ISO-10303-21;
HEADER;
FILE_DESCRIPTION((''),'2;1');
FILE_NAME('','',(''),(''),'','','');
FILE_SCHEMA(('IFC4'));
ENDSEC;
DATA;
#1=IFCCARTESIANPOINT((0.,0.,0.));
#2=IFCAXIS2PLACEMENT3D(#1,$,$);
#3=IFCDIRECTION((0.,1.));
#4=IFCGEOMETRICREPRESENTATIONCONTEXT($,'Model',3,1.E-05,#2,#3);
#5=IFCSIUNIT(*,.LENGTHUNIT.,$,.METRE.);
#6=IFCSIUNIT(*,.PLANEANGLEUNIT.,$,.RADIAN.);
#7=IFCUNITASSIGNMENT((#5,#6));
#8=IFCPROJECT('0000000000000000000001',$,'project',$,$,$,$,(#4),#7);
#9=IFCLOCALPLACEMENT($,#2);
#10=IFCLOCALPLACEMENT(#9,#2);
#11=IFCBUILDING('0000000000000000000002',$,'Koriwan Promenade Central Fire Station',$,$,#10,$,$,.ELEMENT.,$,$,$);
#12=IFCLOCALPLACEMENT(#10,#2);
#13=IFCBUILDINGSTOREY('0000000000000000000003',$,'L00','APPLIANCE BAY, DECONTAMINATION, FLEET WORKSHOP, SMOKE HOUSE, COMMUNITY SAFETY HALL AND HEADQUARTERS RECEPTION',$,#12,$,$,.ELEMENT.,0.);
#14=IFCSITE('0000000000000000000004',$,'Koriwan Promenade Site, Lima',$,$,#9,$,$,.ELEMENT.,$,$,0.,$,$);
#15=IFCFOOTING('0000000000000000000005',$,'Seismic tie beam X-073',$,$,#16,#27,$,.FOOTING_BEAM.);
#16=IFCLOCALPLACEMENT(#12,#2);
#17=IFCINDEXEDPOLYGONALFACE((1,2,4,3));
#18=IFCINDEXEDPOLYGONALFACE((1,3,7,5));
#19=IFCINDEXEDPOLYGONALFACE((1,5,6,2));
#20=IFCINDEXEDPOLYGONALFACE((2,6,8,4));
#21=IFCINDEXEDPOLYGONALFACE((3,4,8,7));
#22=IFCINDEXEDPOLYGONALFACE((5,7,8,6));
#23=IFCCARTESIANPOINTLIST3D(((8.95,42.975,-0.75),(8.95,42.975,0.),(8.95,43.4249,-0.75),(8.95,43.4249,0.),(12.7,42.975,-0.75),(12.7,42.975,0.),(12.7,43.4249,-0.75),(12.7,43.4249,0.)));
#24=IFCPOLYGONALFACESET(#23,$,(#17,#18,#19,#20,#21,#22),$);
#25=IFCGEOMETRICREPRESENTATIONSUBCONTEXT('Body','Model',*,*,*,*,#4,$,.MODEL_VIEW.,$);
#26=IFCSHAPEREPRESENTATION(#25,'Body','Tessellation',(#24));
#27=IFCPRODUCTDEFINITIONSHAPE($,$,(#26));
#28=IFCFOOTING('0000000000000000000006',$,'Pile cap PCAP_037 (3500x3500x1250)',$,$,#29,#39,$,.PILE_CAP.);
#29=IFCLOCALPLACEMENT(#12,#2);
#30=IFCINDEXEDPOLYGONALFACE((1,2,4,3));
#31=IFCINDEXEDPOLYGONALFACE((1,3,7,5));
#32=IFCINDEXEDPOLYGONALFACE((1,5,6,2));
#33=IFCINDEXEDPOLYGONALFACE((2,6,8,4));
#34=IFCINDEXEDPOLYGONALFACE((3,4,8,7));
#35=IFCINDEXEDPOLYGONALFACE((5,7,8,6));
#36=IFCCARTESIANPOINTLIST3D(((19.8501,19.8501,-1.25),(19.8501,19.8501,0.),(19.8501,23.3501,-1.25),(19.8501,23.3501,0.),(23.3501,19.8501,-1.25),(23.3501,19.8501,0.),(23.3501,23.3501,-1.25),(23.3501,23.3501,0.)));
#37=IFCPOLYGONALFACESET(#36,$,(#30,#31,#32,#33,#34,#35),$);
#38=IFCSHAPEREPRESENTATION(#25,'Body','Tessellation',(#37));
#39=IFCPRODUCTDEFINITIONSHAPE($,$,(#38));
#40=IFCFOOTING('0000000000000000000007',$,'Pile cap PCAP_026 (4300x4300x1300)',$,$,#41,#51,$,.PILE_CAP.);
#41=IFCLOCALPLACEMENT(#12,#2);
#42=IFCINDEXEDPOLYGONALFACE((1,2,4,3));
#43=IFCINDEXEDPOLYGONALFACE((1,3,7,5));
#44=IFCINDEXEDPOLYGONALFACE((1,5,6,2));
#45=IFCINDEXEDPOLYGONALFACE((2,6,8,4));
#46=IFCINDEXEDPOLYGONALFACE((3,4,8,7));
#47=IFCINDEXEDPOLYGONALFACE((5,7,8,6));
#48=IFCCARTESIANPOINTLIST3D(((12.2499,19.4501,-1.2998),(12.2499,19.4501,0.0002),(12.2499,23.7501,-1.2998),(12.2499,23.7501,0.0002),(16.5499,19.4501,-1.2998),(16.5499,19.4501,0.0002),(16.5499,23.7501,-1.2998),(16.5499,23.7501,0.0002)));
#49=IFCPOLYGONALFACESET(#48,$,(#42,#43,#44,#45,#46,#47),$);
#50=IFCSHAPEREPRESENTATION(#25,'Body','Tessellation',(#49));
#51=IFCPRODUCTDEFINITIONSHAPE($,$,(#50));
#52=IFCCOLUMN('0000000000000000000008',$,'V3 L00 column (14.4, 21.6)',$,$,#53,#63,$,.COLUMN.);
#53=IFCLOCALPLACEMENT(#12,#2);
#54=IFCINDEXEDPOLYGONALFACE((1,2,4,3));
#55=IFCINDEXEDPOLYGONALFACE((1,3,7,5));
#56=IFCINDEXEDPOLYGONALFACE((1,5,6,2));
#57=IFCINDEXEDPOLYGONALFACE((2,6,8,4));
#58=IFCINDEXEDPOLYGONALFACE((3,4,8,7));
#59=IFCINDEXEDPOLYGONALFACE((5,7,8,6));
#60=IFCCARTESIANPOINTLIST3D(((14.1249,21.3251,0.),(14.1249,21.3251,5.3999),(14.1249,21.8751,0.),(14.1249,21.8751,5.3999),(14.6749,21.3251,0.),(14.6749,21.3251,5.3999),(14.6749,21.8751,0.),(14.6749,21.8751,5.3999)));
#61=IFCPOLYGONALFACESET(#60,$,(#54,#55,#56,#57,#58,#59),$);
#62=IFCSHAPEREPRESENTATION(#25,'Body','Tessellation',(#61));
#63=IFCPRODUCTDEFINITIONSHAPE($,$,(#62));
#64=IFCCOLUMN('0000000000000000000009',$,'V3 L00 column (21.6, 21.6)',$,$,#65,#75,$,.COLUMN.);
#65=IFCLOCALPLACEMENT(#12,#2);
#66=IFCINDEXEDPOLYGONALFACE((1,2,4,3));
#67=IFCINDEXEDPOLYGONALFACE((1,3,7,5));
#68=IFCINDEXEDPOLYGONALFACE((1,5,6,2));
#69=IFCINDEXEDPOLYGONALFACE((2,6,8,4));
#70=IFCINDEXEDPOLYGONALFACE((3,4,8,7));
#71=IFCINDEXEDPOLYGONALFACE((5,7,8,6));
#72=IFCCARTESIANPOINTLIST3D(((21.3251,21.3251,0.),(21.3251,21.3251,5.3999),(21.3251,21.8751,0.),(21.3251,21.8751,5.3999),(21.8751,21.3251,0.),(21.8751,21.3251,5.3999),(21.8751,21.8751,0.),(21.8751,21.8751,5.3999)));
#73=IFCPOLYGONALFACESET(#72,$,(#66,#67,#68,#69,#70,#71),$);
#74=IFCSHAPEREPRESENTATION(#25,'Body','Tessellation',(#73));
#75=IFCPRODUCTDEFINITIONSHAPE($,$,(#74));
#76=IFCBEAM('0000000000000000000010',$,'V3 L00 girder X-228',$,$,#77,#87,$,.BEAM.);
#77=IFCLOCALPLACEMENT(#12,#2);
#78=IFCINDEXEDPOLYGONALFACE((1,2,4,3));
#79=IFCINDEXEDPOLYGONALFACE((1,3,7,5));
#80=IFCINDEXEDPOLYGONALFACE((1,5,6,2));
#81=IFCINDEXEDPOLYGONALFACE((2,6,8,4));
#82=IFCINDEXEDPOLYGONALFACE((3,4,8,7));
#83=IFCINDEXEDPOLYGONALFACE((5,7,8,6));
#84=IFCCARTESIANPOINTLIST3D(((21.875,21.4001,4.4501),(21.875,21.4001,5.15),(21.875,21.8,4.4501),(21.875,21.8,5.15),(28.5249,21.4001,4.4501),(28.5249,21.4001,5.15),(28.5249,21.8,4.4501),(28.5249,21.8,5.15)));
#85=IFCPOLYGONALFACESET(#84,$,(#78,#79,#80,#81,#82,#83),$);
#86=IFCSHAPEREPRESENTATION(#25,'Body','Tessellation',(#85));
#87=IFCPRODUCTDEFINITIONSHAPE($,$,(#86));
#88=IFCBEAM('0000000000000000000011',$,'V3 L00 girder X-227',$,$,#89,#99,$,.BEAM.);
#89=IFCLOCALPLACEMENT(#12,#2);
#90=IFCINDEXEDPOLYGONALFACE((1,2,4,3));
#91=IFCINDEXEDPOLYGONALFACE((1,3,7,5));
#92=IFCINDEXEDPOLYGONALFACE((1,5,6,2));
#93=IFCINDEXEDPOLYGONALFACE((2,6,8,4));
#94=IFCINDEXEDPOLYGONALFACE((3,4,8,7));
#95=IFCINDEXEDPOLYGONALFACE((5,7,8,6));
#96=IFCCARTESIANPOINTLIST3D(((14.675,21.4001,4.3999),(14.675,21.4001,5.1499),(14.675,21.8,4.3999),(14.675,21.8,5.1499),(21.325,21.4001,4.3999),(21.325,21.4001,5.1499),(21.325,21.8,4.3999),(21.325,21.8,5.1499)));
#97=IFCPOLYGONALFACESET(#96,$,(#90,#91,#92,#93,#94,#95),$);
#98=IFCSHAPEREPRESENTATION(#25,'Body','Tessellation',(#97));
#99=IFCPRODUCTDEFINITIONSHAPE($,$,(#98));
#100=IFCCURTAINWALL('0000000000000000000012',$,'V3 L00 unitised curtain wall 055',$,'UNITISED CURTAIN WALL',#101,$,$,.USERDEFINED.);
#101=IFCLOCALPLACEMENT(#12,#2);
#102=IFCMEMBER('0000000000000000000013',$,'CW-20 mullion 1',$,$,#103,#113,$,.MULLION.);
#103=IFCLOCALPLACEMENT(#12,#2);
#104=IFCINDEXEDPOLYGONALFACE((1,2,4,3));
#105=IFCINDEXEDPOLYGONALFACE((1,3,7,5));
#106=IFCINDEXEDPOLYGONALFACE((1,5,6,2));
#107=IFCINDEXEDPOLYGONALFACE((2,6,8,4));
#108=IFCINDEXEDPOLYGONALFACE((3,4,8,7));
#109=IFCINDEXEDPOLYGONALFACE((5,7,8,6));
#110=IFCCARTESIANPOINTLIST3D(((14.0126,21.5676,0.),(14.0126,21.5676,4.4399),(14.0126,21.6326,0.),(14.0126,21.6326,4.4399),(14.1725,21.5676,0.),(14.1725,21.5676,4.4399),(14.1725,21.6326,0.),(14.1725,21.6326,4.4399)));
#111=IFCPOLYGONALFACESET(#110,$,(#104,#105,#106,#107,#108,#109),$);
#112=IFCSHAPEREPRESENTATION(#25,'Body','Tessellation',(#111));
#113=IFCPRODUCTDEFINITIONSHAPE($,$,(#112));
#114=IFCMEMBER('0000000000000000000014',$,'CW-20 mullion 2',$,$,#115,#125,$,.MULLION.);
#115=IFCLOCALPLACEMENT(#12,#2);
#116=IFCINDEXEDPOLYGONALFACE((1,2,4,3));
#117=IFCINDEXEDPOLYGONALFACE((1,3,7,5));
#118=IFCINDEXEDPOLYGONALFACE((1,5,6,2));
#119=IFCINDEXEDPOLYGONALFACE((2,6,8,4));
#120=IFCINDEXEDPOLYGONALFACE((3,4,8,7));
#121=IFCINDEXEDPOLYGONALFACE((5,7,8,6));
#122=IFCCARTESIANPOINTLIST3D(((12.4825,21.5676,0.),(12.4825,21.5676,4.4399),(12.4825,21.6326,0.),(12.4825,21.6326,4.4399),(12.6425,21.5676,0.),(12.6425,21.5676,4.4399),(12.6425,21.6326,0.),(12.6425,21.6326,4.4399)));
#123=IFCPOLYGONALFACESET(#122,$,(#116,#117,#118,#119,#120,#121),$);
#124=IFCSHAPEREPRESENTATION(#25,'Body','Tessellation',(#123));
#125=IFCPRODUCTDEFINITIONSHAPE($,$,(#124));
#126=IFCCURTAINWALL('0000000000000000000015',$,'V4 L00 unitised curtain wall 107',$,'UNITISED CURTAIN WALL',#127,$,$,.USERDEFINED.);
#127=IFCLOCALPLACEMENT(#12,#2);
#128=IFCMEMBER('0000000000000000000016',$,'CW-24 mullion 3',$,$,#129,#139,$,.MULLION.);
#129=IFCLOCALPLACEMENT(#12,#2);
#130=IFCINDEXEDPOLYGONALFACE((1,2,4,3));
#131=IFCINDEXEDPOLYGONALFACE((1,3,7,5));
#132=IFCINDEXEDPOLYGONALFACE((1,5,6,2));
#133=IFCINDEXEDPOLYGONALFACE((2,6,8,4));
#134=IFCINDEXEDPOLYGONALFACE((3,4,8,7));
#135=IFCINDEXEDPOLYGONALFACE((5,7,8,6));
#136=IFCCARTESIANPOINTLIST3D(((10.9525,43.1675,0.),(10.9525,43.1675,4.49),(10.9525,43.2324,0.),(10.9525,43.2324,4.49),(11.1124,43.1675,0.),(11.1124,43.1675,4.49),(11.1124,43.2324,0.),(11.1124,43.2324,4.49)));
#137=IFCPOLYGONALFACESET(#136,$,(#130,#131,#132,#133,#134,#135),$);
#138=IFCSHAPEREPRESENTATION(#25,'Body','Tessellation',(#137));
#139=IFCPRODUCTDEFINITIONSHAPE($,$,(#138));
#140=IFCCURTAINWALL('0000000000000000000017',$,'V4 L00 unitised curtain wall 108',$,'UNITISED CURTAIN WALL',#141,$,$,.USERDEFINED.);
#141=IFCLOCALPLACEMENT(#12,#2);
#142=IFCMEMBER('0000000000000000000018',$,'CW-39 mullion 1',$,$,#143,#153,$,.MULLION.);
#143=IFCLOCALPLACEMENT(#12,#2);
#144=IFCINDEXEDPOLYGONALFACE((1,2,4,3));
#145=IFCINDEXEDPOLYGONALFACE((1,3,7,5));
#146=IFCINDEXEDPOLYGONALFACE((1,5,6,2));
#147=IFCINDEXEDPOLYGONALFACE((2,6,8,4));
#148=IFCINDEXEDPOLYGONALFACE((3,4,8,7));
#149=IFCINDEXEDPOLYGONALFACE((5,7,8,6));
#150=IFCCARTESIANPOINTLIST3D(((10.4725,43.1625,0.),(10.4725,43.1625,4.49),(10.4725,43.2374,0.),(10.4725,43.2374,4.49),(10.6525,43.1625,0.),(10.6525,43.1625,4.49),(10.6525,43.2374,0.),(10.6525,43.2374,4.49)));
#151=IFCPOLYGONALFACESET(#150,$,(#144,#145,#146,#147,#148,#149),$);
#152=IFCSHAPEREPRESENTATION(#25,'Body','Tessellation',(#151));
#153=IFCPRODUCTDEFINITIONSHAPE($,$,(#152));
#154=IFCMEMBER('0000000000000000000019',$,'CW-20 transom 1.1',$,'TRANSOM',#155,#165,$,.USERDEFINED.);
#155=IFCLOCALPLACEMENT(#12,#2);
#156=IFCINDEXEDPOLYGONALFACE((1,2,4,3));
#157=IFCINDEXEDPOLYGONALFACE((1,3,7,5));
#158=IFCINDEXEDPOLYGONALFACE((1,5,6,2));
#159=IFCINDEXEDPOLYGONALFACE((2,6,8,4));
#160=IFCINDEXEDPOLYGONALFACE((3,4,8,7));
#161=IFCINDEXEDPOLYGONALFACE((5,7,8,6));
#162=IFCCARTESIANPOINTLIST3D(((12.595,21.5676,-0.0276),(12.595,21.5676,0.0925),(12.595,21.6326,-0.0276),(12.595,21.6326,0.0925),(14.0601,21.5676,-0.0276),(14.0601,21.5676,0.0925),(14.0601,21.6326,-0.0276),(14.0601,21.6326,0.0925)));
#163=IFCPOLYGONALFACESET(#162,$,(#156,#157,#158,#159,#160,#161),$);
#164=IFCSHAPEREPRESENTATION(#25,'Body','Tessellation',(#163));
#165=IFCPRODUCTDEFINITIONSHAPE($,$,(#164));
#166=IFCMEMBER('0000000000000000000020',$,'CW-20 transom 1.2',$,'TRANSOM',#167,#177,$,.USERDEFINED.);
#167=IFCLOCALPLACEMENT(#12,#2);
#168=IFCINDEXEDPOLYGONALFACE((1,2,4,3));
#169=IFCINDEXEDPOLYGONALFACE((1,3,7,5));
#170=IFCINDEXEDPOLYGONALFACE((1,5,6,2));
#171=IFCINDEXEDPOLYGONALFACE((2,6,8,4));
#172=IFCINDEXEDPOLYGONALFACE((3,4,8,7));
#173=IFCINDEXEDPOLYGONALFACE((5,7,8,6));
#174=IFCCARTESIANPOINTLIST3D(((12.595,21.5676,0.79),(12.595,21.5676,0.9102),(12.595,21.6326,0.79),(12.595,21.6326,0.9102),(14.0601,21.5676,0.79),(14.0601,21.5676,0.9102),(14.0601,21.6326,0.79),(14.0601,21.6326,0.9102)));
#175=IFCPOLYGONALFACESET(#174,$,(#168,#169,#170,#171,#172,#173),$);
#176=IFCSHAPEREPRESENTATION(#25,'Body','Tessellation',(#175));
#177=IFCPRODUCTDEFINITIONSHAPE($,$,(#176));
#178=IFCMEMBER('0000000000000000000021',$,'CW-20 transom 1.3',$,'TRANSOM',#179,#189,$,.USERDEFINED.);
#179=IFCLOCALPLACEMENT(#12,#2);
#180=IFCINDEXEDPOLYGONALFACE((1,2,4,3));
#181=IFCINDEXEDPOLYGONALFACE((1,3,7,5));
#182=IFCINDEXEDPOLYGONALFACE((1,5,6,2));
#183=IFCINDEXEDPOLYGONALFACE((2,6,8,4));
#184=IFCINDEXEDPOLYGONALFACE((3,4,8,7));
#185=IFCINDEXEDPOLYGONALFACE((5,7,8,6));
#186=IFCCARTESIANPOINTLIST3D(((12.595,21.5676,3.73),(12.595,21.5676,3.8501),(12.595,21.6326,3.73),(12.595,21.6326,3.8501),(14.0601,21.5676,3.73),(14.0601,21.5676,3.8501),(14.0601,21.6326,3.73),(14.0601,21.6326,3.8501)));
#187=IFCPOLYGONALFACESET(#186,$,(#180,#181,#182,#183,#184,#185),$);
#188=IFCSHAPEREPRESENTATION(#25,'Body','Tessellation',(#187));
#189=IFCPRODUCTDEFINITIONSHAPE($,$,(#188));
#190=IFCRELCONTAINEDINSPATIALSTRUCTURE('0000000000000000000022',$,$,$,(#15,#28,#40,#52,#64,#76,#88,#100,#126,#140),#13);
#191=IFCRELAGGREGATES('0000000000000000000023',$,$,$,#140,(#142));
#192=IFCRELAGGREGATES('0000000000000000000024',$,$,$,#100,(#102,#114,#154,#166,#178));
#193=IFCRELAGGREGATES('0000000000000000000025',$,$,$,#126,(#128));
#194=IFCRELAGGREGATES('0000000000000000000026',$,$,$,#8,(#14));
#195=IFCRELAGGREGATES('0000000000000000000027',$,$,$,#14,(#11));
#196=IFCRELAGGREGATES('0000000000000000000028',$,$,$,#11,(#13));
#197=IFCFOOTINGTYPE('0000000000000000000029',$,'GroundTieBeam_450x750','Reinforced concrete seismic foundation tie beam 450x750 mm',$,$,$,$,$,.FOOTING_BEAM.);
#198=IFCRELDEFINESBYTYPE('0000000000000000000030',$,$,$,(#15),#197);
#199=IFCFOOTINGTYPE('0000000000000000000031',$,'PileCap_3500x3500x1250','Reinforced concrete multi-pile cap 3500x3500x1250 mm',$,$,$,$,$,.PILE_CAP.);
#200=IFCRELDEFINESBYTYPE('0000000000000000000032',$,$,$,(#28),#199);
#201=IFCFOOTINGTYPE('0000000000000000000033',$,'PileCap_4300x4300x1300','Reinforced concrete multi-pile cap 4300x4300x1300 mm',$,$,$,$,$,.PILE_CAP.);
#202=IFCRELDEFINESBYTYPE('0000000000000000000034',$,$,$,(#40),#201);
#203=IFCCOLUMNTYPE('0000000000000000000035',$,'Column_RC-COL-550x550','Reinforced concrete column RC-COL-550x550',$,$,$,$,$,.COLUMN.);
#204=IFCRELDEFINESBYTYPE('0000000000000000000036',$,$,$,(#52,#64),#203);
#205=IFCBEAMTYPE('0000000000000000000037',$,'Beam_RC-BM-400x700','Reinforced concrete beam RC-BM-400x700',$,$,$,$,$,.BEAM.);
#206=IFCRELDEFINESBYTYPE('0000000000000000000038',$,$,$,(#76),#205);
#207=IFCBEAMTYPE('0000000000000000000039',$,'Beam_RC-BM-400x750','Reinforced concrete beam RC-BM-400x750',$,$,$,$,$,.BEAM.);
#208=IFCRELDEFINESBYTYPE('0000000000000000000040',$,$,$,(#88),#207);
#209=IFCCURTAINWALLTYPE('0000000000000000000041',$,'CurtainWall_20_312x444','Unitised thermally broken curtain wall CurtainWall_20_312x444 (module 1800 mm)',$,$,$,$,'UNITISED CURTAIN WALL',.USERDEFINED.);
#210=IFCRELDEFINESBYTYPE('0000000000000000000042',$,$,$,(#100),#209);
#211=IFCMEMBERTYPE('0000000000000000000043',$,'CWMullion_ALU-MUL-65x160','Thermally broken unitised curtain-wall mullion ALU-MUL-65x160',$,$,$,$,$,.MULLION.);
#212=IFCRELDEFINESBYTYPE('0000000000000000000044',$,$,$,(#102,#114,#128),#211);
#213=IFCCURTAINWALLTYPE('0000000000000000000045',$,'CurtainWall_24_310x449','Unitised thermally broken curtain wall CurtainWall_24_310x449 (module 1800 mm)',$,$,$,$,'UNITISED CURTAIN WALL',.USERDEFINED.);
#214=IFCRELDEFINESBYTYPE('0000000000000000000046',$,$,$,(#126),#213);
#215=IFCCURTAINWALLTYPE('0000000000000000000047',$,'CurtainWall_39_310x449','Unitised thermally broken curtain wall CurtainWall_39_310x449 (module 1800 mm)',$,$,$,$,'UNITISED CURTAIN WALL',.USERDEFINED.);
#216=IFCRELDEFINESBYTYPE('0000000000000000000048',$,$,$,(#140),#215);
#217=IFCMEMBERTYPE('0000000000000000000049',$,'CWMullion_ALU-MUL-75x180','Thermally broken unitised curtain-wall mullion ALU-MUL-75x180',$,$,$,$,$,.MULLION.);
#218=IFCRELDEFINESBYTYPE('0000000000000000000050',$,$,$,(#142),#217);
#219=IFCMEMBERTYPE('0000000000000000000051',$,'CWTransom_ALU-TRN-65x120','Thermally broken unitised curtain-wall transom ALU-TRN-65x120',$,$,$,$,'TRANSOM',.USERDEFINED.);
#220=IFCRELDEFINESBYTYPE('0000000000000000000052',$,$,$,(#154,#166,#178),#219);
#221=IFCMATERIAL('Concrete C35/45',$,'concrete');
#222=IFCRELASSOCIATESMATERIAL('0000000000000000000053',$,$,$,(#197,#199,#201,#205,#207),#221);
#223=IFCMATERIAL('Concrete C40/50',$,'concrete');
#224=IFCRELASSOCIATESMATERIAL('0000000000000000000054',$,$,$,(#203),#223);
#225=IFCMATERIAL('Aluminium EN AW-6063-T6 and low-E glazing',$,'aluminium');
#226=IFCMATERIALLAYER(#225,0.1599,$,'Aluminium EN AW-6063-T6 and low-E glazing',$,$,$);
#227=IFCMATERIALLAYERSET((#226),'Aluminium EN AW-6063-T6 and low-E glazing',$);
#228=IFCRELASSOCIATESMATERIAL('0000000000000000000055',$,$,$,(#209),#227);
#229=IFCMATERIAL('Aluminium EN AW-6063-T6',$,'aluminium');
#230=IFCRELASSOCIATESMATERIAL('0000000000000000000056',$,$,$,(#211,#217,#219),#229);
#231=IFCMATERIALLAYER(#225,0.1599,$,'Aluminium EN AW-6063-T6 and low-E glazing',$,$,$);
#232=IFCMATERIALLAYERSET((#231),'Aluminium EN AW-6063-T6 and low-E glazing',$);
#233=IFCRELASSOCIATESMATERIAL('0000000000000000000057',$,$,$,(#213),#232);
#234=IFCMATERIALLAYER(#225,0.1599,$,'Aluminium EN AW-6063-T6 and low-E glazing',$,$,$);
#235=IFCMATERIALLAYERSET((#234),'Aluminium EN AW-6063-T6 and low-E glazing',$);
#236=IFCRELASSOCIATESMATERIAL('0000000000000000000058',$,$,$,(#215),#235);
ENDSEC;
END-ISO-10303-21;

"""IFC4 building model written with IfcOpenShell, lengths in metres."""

from ifc_helpers import new_model, si_unit, direction, frame, origin, origin_2d, place, context, subcontext, project, spatial, rectangle, extrude, material, layer, layer_set, material_profile, profile_set, type_object, element, aggregate, save


model = new_model("IFC4")

# Units and contexts
model_context = context("Model", 3, precision=1e-05, world=origin(), true_north=direction((0.0, 1.0)))
body_context = subcontext(model_context, "Body", "Model", "MODEL_VIEW")
ifc_project = project(units=[si_unit("LENGTHUNIT", "METRE"), si_unit("PLANEANGLEUNIT", "RADIAN")], contexts=[model_context])

# Site, building, storey
site_placement = place(None, origin())
site = spatial("IfcSite", under=ifc_project, at=site_placement, Name="Koriwan Promenade Site, Lima", CompositionType="ELEMENT", RefElevation=0.0)
building_placement = place(site_placement, origin())
building = spatial("IfcBuilding", under=site, at=building_placement, Name="Koriwan Promenade Central Fire Station", CompositionType="ELEMENT")
storey_placement = place(building_placement, origin())
storey = spatial("IfcBuildingStorey", under=building, at=storey_placement, Name="L00", Description="APPLIANCE BAY, DECONTAMINATION, FLEET WORKSHOP, SMOKE HOUSE, COMMUNITY SAFETY HALL AND HEADQUARTERS RECEPTION", CompositionType="ELEMENT", Elevation=0.0)

# Shared definitions
ifc_material_1 = material(Name="Concrete C35/45", Category="concrete")

# Footings
footing_type_1 = type_object("IfcFootingType", Name="GroundTieBeam_450x750", Description="Reinforced concrete seismic foundation tie beam 450x750 mm", PredefinedType="FOOTING_BEAM", material=ifc_material_1)
footing_1_placement = place(storey_placement, frame((10.825, 43.2, -0.75), z_axis=(0.0, 0.0, 1.0), x_axis=(1.0, 0.0, 0.0)))
element("IfcFooting", 1, at=footing_1_placement, inside=storey, type_object=footing_type_1, Name="Seismic tie beam X-073", PredefinedType="FOOTING_BEAM", context=body_context, shape_type="SweptSolid", body=[
    extrude(rectangle(XDim=3.75, YDim=0.45, at=origin_2d()), origin(), (0.0, 0.0, 1.0), 0.75),
])
footing_type_2 = type_object("IfcFootingType", Name="PileCap_3500x3500x1250", Description="Reinforced concrete multi-pile cap 3500x3500x1250 mm", PredefinedType="PILE_CAP", material=ifc_material_1)
footing_2_placement = place(storey_placement, frame((21.6001, 21.6001, -1.25), z_axis=(0.0, 0.0, 1.0), x_axis=(1.0, 0.0, 0.0)))
element("IfcFooting", 2, at=footing_2_placement, inside=storey, type_object=footing_type_2, Name="Pile cap PCAP_037 (3500x3500x1250)", PredefinedType="PILE_CAP", context=body_context, shape_type="SweptSolid", body=[
    extrude(rectangle(XDim=3.5, YDim=3.5, at=origin_2d()), origin(), (0.0, 0.0, 1.0), 1.25),
])
footing_type_3 = type_object("IfcFootingType", Name="PileCap_4300x4300x1300", Description="Reinforced concrete multi-pile cap 4300x4300x1300 mm", PredefinedType="PILE_CAP", material=ifc_material_1)
footing_3_placement = place(storey_placement, frame((14.3999, 21.6001, -1.2998), z_axis=(0.0, 0.0, 1.0), x_axis=(1.0, 0.0, 0.0)))
element("IfcFooting", 3, at=footing_3_placement, inside=storey, type_object=footing_type_3, Name="Pile cap PCAP_026 (4300x4300x1300)", PredefinedType="PILE_CAP", context=body_context, shape_type="SweptSolid", body=[
    extrude(rectangle(XDim=4.3, YDim=4.3, at=origin_2d()), origin(), (0.0, 0.0, 1.0), 1.3),
])

# Columns
ifc_material_2 = material(Name="Concrete C40/50", Category="concrete")
ifc_material_profile_1 = material_profile(ifc_material_2, rectangle(XDim=0.55, YDim=0.55, at=origin_2d()), Name="RC-COL-550x550")
ifc_profile_set_1 = profile_set([ifc_material_profile_1], Name="Concrete C40/50")
column_type = type_object("IfcColumnType", Name="Column_RC-COL-550x550", Description="Reinforced concrete column RC-COL-550x550", PredefinedType="COLUMN", material=ifc_profile_set_1)
for number, where, z_axis, x_axis, name in (
    (4, (14.3999, 21.6001, 0.0), (0.0, 0.0, 1.0), (1.0, 0.0, 0.0), "V3 L00 column (14.4, 21.6)"),
    (5, (21.6001, 21.6001, 0.0), (0.0, 0.0, 1.0), (1.0, 0.0, 0.0), "V3 L00 column (21.6, 21.6)"),
):
    element("IfcColumn", number, at=place(storey_placement, frame(where, z_axis=z_axis, x_axis=x_axis)), inside=storey, type_object=column_type, Name=name, PredefinedType="COLUMN", context=body_context, shape_type="SweptSolid", body=[
        extrude(rectangle(XDim=0.55, YDim=0.55, at=origin_2d()), origin(), (0.0, 0.0, 1.0), 5.3999),
    ])

# Beams
ifc_material_profile_2 = material_profile(ifc_material_1, rectangle(XDim=0.3999, YDim=0.7, at=origin_2d()), Name="RC-BM-400x700")
ifc_profile_set_2 = profile_set([ifc_material_profile_2], Name="Concrete C35/45")
beam_type_1 = type_object("IfcBeamType", Name="Beam_RC-BM-400x700", Description="Reinforced concrete beam RC-BM-400x700", PredefinedType="BEAM", material=ifc_profile_set_2)
beam_1_placement = place(storey_placement, frame((21.875, 21.6001, 4.8), z_axis=(1.0, 0.0, 0.0), x_axis=(0.0, 1.0, 0.0)))
element("IfcBeam", 6, at=beam_1_placement, inside=storey, type_object=beam_type_1, Name="V3 L00 girder X-228", PredefinedType="BEAM", context=body_context, shape_type="SweptSolid", body=[
    extrude(rectangle(XDim=0.3999, YDim=0.7, at=origin_2d()), origin(), (0.0, 0.0, 1.0), 6.6499),
])
ifc_material_profile_3 = material_profile(ifc_material_1, rectangle(XDim=0.3999, YDim=0.75, at=origin_2d()), Name="RC-BM-400x750")
ifc_profile_set_3 = profile_set([ifc_material_profile_3], Name="Concrete C35/45")
beam_type_2 = type_object("IfcBeamType", Name="Beam_RC-BM-400x750", Description="Reinforced concrete beam RC-BM-400x750", PredefinedType="BEAM", material=ifc_profile_set_3)
beam_2_placement = place(storey_placement, frame((14.675, 21.6001, 4.7749), z_axis=(1.0, 0.0, 0.0), x_axis=(0.0, 1.0, 0.0)))
element("IfcBeam", 7, at=beam_2_placement, inside=storey, type_object=beam_type_2, Name="V3 L00 girder X-227", PredefinedType="BEAM", context=body_context, shape_type="SweptSolid", body=[
    extrude(rectangle(XDim=0.3999, YDim=0.75, at=origin_2d()), origin(), (0.0, 0.0, 1.0), 6.6499),
])

# Curtain wall, members
ifc_material_3 = material(Name="Aluminium EN AW-6063-T6 and low-E glazing", Category="aluminium")
ifc_layer_1 = layer(ifc_material_3, 0.1599, Name="Aluminium EN AW-6063-T6 and low-E glazing")
ifc_layer_set_1 = layer_set([ifc_layer_1], Name="Aluminium EN AW-6063-T6 and low-E glazing")
curtain_wall_type_1 = type_object("IfcCurtainWallType", Name="CurtainWall_20_312x444", Description="Unitised thermally broken curtain wall CurtainWall_20_312x444 (module 1800 mm)", ElementType="UNITISED CURTAIN WALL", PredefinedType="USERDEFINED", material=ifc_layer_set_1)
curtain_wall_1_placement = place(storey_placement, origin())
curtain_wall_1 = element("IfcCurtainWall", 8, at=curtain_wall_1_placement, inside=storey, type_object=curtain_wall_type_1, Name="V3 L00 unitised curtain wall 055", ObjectType="UNITISED CURTAIN WALL", PredefinedType="USERDEFINED")
ifc_material_4 = material(Name="Aluminium EN AW-6063-T6", Category="aluminium")
ifc_material_profile_4 = material_profile(ifc_material_4, rectangle(XDim=0.0649, YDim=0.1599, at=origin_2d()), Name="ALU-MUL-65x160")
ifc_profile_set_4 = profile_set([ifc_material_profile_4], Name="Aluminium EN AW-6063-T6")
member_type_1 = type_object("IfcMemberType", Name="CWMullion_ALU-MUL-65x160", Description="Thermally broken unitised curtain-wall mullion ALU-MUL-65x160", PredefinedType="MULLION", material=ifc_profile_set_4)
member_1_placement = place(storey_placement, frame((14.0925, 21.6001, 0.0), z_axis=(0.0, 0.0, 1.0), x_axis=(0.0, -1.0, 0.0)))
member_1 = element("IfcMember", 9, at=member_1_placement, type_object=member_type_1, Name="CW-20 mullion 1", PredefinedType="MULLION", context=body_context, shape_type="SweptSolid", body=[
    extrude(rectangle(XDim=0.0649, YDim=0.1599, at=origin_2d()), origin(), (0.0, 0.0, 1.0), 4.4399),
])
member_2_placement = place(storey_placement, frame((12.5625, 21.6001, 0.0), z_axis=(0.0, 0.0, 1.0), x_axis=(0.0, -1.0, 0.0)))
member_2 = element("IfcMember", 10, at=member_2_placement, type_object=member_type_1, Name="CW-20 mullion 2", PredefinedType="MULLION", context=body_context, shape_type="SweptSolid", body=[
    extrude(rectangle(XDim=0.0649, YDim=0.1599, at=origin_2d()), origin(), (0.0, 0.0, 1.0), 4.4399),
])

# Curtain walls, members
ifc_layer_2 = layer(ifc_material_3, 0.1599, Name="Aluminium EN AW-6063-T6 and low-E glazing")
ifc_layer_set_2 = layer_set([ifc_layer_2], Name="Aluminium EN AW-6063-T6 and low-E glazing")
curtain_wall_type_2 = type_object("IfcCurtainWallType", Name="CurtainWall_24_310x449", Description="Unitised thermally broken curtain wall CurtainWall_24_310x449 (module 1800 mm)", ElementType="UNITISED CURTAIN WALL", PredefinedType="USERDEFINED", material=ifc_layer_set_2)
curtain_wall_2_placement = place(storey_placement, origin())
curtain_wall_2 = element("IfcCurtainWall", 11, at=curtain_wall_2_placement, inside=storey, type_object=curtain_wall_type_2, Name="V4 L00 unitised curtain wall 107", ObjectType="UNITISED CURTAIN WALL", PredefinedType="USERDEFINED")
member_3_placement = place(storey_placement, frame((11.0325, 43.2, 0.0), z_axis=(0.0, 0.0, 1.0), x_axis=(0.0, -1.0, 0.0)))
member_3 = element("IfcMember", 12, at=member_3_placement, type_object=member_type_1, Name="CW-24 mullion 3", PredefinedType="MULLION", context=body_context, shape_type="SweptSolid", body=[
    extrude(rectangle(XDim=0.0649, YDim=0.1599, at=origin_2d()), origin(), (0.0, 0.0, 1.0), 4.49),
])
ifc_layer_3 = layer(ifc_material_3, 0.1599, Name="Aluminium EN AW-6063-T6 and low-E glazing")
ifc_layer_set_3 = layer_set([ifc_layer_3], Name="Aluminium EN AW-6063-T6 and low-E glazing")
curtain_wall_type_3 = type_object("IfcCurtainWallType", Name="CurtainWall_39_310x449", Description="Unitised thermally broken curtain wall CurtainWall_39_310x449 (module 1800 mm)", ElementType="UNITISED CURTAIN WALL", PredefinedType="USERDEFINED", material=ifc_layer_set_3)
curtain_wall_3_placement = place(storey_placement, origin())
curtain_wall_3 = element("IfcCurtainWall", 13, at=curtain_wall_3_placement, inside=storey, type_object=curtain_wall_type_3, Name="V4 L00 unitised curtain wall 108", ObjectType="UNITISED CURTAIN WALL", PredefinedType="USERDEFINED")
ifc_material_profile_5 = material_profile(ifc_material_4, rectangle(XDim=0.075, YDim=0.1799, at=origin_2d()), Name="ALU-MUL-75x180")
ifc_profile_set_5 = profile_set([ifc_material_profile_5], Name="Aluminium EN AW-6063-T6")
member_type_2 = type_object("IfcMemberType", Name="CWMullion_ALU-MUL-75x180", Description="Thermally broken unitised curtain-wall mullion ALU-MUL-75x180", PredefinedType="MULLION", material=ifc_profile_set_5)
member_4_placement = place(storey_placement, frame((10.5625, 43.2, 0.0), z_axis=(0.0, 0.0, 1.0), x_axis=(0.0, -1.0, 0.0)))
member_4 = element("IfcMember", 14, at=member_4_placement, type_object=member_type_2, Name="CW-39 mullion 1", PredefinedType="MULLION", context=body_context, shape_type="SweptSolid", body=[
    extrude(rectangle(XDim=0.075, YDim=0.1799, at=origin_2d()), origin(), (0.0, 0.0, 1.0), 4.49),
])
aggregate(curtain_wall_3, [member_4])

# Members
ifc_material_profile_6 = material_profile(ifc_material_4, rectangle(XDim=0.0649, YDim=0.1201, at=origin_2d()), Name="ALU-TRN-65x120")
ifc_profile_set_6 = profile_set([ifc_material_profile_6], Name="Aluminium EN AW-6063-T6")
member_type_3 = type_object("IfcMemberType", Name="CWTransom_ALU-TRN-65x120", Description="Thermally broken unitised curtain-wall transom ALU-TRN-65x120", ElementType="TRANSOM", PredefinedType="USERDEFINED", material=ifc_profile_set_6)
member_5_placement = place(storey_placement, frame((14.0601, 21.6001, 0.0325), z_axis=(-1.0, 0.0, 0.0), x_axis=(0.0, -1.0, 0.0)))
member_5 = element("IfcMember", 15, at=member_5_placement, type_object=member_type_3, Name="CW-20 transom 1.1", ObjectType="TRANSOM", PredefinedType="USERDEFINED", context=body_context, shape_type="SweptSolid", body=[
    extrude(rectangle(XDim=0.0649, YDim=0.1201, at=origin_2d()), origin(), (0.0, 0.0, 1.0), 1.4651),
])
member_6_placement = place(storey_placement, frame((14.0601, 21.6001, 0.8501), z_axis=(-1.0, 0.0, 0.0), x_axis=(0.0, -1.0, 0.0)))
member_6 = element("IfcMember", 16, at=member_6_placement, type_object=member_type_3, Name="CW-20 transom 1.2", ObjectType="TRANSOM", PredefinedType="USERDEFINED", context=body_context, shape_type="SweptSolid", body=[
    extrude(rectangle(XDim=0.0649, YDim=0.1201, at=origin_2d()), origin(), (0.0, 0.0, 1.0), 1.4651),
])
member_7_placement = place(storey_placement, frame((14.0601, 21.6001, 3.79), z_axis=(-1.0, 0.0, 0.0), x_axis=(0.0, -1.0, 0.0)))
member_7 = element("IfcMember", 17, at=member_7_placement, type_object=member_type_3, Name="CW-20 transom 1.3", ObjectType="TRANSOM", PredefinedType="USERDEFINED", context=body_context, shape_type="SweptSolid", body=[
    extrude(rectangle(XDim=0.0649, YDim=0.1201, at=origin_2d()), origin(), (0.0, 0.0, 1.0), 1.4651),
])

aggregate(curtain_wall_1, [member_1, member_2, member_5, member_6, member_7])
aggregate(curtain_wall_2, [member_3])

save(model, "model.ifc")
